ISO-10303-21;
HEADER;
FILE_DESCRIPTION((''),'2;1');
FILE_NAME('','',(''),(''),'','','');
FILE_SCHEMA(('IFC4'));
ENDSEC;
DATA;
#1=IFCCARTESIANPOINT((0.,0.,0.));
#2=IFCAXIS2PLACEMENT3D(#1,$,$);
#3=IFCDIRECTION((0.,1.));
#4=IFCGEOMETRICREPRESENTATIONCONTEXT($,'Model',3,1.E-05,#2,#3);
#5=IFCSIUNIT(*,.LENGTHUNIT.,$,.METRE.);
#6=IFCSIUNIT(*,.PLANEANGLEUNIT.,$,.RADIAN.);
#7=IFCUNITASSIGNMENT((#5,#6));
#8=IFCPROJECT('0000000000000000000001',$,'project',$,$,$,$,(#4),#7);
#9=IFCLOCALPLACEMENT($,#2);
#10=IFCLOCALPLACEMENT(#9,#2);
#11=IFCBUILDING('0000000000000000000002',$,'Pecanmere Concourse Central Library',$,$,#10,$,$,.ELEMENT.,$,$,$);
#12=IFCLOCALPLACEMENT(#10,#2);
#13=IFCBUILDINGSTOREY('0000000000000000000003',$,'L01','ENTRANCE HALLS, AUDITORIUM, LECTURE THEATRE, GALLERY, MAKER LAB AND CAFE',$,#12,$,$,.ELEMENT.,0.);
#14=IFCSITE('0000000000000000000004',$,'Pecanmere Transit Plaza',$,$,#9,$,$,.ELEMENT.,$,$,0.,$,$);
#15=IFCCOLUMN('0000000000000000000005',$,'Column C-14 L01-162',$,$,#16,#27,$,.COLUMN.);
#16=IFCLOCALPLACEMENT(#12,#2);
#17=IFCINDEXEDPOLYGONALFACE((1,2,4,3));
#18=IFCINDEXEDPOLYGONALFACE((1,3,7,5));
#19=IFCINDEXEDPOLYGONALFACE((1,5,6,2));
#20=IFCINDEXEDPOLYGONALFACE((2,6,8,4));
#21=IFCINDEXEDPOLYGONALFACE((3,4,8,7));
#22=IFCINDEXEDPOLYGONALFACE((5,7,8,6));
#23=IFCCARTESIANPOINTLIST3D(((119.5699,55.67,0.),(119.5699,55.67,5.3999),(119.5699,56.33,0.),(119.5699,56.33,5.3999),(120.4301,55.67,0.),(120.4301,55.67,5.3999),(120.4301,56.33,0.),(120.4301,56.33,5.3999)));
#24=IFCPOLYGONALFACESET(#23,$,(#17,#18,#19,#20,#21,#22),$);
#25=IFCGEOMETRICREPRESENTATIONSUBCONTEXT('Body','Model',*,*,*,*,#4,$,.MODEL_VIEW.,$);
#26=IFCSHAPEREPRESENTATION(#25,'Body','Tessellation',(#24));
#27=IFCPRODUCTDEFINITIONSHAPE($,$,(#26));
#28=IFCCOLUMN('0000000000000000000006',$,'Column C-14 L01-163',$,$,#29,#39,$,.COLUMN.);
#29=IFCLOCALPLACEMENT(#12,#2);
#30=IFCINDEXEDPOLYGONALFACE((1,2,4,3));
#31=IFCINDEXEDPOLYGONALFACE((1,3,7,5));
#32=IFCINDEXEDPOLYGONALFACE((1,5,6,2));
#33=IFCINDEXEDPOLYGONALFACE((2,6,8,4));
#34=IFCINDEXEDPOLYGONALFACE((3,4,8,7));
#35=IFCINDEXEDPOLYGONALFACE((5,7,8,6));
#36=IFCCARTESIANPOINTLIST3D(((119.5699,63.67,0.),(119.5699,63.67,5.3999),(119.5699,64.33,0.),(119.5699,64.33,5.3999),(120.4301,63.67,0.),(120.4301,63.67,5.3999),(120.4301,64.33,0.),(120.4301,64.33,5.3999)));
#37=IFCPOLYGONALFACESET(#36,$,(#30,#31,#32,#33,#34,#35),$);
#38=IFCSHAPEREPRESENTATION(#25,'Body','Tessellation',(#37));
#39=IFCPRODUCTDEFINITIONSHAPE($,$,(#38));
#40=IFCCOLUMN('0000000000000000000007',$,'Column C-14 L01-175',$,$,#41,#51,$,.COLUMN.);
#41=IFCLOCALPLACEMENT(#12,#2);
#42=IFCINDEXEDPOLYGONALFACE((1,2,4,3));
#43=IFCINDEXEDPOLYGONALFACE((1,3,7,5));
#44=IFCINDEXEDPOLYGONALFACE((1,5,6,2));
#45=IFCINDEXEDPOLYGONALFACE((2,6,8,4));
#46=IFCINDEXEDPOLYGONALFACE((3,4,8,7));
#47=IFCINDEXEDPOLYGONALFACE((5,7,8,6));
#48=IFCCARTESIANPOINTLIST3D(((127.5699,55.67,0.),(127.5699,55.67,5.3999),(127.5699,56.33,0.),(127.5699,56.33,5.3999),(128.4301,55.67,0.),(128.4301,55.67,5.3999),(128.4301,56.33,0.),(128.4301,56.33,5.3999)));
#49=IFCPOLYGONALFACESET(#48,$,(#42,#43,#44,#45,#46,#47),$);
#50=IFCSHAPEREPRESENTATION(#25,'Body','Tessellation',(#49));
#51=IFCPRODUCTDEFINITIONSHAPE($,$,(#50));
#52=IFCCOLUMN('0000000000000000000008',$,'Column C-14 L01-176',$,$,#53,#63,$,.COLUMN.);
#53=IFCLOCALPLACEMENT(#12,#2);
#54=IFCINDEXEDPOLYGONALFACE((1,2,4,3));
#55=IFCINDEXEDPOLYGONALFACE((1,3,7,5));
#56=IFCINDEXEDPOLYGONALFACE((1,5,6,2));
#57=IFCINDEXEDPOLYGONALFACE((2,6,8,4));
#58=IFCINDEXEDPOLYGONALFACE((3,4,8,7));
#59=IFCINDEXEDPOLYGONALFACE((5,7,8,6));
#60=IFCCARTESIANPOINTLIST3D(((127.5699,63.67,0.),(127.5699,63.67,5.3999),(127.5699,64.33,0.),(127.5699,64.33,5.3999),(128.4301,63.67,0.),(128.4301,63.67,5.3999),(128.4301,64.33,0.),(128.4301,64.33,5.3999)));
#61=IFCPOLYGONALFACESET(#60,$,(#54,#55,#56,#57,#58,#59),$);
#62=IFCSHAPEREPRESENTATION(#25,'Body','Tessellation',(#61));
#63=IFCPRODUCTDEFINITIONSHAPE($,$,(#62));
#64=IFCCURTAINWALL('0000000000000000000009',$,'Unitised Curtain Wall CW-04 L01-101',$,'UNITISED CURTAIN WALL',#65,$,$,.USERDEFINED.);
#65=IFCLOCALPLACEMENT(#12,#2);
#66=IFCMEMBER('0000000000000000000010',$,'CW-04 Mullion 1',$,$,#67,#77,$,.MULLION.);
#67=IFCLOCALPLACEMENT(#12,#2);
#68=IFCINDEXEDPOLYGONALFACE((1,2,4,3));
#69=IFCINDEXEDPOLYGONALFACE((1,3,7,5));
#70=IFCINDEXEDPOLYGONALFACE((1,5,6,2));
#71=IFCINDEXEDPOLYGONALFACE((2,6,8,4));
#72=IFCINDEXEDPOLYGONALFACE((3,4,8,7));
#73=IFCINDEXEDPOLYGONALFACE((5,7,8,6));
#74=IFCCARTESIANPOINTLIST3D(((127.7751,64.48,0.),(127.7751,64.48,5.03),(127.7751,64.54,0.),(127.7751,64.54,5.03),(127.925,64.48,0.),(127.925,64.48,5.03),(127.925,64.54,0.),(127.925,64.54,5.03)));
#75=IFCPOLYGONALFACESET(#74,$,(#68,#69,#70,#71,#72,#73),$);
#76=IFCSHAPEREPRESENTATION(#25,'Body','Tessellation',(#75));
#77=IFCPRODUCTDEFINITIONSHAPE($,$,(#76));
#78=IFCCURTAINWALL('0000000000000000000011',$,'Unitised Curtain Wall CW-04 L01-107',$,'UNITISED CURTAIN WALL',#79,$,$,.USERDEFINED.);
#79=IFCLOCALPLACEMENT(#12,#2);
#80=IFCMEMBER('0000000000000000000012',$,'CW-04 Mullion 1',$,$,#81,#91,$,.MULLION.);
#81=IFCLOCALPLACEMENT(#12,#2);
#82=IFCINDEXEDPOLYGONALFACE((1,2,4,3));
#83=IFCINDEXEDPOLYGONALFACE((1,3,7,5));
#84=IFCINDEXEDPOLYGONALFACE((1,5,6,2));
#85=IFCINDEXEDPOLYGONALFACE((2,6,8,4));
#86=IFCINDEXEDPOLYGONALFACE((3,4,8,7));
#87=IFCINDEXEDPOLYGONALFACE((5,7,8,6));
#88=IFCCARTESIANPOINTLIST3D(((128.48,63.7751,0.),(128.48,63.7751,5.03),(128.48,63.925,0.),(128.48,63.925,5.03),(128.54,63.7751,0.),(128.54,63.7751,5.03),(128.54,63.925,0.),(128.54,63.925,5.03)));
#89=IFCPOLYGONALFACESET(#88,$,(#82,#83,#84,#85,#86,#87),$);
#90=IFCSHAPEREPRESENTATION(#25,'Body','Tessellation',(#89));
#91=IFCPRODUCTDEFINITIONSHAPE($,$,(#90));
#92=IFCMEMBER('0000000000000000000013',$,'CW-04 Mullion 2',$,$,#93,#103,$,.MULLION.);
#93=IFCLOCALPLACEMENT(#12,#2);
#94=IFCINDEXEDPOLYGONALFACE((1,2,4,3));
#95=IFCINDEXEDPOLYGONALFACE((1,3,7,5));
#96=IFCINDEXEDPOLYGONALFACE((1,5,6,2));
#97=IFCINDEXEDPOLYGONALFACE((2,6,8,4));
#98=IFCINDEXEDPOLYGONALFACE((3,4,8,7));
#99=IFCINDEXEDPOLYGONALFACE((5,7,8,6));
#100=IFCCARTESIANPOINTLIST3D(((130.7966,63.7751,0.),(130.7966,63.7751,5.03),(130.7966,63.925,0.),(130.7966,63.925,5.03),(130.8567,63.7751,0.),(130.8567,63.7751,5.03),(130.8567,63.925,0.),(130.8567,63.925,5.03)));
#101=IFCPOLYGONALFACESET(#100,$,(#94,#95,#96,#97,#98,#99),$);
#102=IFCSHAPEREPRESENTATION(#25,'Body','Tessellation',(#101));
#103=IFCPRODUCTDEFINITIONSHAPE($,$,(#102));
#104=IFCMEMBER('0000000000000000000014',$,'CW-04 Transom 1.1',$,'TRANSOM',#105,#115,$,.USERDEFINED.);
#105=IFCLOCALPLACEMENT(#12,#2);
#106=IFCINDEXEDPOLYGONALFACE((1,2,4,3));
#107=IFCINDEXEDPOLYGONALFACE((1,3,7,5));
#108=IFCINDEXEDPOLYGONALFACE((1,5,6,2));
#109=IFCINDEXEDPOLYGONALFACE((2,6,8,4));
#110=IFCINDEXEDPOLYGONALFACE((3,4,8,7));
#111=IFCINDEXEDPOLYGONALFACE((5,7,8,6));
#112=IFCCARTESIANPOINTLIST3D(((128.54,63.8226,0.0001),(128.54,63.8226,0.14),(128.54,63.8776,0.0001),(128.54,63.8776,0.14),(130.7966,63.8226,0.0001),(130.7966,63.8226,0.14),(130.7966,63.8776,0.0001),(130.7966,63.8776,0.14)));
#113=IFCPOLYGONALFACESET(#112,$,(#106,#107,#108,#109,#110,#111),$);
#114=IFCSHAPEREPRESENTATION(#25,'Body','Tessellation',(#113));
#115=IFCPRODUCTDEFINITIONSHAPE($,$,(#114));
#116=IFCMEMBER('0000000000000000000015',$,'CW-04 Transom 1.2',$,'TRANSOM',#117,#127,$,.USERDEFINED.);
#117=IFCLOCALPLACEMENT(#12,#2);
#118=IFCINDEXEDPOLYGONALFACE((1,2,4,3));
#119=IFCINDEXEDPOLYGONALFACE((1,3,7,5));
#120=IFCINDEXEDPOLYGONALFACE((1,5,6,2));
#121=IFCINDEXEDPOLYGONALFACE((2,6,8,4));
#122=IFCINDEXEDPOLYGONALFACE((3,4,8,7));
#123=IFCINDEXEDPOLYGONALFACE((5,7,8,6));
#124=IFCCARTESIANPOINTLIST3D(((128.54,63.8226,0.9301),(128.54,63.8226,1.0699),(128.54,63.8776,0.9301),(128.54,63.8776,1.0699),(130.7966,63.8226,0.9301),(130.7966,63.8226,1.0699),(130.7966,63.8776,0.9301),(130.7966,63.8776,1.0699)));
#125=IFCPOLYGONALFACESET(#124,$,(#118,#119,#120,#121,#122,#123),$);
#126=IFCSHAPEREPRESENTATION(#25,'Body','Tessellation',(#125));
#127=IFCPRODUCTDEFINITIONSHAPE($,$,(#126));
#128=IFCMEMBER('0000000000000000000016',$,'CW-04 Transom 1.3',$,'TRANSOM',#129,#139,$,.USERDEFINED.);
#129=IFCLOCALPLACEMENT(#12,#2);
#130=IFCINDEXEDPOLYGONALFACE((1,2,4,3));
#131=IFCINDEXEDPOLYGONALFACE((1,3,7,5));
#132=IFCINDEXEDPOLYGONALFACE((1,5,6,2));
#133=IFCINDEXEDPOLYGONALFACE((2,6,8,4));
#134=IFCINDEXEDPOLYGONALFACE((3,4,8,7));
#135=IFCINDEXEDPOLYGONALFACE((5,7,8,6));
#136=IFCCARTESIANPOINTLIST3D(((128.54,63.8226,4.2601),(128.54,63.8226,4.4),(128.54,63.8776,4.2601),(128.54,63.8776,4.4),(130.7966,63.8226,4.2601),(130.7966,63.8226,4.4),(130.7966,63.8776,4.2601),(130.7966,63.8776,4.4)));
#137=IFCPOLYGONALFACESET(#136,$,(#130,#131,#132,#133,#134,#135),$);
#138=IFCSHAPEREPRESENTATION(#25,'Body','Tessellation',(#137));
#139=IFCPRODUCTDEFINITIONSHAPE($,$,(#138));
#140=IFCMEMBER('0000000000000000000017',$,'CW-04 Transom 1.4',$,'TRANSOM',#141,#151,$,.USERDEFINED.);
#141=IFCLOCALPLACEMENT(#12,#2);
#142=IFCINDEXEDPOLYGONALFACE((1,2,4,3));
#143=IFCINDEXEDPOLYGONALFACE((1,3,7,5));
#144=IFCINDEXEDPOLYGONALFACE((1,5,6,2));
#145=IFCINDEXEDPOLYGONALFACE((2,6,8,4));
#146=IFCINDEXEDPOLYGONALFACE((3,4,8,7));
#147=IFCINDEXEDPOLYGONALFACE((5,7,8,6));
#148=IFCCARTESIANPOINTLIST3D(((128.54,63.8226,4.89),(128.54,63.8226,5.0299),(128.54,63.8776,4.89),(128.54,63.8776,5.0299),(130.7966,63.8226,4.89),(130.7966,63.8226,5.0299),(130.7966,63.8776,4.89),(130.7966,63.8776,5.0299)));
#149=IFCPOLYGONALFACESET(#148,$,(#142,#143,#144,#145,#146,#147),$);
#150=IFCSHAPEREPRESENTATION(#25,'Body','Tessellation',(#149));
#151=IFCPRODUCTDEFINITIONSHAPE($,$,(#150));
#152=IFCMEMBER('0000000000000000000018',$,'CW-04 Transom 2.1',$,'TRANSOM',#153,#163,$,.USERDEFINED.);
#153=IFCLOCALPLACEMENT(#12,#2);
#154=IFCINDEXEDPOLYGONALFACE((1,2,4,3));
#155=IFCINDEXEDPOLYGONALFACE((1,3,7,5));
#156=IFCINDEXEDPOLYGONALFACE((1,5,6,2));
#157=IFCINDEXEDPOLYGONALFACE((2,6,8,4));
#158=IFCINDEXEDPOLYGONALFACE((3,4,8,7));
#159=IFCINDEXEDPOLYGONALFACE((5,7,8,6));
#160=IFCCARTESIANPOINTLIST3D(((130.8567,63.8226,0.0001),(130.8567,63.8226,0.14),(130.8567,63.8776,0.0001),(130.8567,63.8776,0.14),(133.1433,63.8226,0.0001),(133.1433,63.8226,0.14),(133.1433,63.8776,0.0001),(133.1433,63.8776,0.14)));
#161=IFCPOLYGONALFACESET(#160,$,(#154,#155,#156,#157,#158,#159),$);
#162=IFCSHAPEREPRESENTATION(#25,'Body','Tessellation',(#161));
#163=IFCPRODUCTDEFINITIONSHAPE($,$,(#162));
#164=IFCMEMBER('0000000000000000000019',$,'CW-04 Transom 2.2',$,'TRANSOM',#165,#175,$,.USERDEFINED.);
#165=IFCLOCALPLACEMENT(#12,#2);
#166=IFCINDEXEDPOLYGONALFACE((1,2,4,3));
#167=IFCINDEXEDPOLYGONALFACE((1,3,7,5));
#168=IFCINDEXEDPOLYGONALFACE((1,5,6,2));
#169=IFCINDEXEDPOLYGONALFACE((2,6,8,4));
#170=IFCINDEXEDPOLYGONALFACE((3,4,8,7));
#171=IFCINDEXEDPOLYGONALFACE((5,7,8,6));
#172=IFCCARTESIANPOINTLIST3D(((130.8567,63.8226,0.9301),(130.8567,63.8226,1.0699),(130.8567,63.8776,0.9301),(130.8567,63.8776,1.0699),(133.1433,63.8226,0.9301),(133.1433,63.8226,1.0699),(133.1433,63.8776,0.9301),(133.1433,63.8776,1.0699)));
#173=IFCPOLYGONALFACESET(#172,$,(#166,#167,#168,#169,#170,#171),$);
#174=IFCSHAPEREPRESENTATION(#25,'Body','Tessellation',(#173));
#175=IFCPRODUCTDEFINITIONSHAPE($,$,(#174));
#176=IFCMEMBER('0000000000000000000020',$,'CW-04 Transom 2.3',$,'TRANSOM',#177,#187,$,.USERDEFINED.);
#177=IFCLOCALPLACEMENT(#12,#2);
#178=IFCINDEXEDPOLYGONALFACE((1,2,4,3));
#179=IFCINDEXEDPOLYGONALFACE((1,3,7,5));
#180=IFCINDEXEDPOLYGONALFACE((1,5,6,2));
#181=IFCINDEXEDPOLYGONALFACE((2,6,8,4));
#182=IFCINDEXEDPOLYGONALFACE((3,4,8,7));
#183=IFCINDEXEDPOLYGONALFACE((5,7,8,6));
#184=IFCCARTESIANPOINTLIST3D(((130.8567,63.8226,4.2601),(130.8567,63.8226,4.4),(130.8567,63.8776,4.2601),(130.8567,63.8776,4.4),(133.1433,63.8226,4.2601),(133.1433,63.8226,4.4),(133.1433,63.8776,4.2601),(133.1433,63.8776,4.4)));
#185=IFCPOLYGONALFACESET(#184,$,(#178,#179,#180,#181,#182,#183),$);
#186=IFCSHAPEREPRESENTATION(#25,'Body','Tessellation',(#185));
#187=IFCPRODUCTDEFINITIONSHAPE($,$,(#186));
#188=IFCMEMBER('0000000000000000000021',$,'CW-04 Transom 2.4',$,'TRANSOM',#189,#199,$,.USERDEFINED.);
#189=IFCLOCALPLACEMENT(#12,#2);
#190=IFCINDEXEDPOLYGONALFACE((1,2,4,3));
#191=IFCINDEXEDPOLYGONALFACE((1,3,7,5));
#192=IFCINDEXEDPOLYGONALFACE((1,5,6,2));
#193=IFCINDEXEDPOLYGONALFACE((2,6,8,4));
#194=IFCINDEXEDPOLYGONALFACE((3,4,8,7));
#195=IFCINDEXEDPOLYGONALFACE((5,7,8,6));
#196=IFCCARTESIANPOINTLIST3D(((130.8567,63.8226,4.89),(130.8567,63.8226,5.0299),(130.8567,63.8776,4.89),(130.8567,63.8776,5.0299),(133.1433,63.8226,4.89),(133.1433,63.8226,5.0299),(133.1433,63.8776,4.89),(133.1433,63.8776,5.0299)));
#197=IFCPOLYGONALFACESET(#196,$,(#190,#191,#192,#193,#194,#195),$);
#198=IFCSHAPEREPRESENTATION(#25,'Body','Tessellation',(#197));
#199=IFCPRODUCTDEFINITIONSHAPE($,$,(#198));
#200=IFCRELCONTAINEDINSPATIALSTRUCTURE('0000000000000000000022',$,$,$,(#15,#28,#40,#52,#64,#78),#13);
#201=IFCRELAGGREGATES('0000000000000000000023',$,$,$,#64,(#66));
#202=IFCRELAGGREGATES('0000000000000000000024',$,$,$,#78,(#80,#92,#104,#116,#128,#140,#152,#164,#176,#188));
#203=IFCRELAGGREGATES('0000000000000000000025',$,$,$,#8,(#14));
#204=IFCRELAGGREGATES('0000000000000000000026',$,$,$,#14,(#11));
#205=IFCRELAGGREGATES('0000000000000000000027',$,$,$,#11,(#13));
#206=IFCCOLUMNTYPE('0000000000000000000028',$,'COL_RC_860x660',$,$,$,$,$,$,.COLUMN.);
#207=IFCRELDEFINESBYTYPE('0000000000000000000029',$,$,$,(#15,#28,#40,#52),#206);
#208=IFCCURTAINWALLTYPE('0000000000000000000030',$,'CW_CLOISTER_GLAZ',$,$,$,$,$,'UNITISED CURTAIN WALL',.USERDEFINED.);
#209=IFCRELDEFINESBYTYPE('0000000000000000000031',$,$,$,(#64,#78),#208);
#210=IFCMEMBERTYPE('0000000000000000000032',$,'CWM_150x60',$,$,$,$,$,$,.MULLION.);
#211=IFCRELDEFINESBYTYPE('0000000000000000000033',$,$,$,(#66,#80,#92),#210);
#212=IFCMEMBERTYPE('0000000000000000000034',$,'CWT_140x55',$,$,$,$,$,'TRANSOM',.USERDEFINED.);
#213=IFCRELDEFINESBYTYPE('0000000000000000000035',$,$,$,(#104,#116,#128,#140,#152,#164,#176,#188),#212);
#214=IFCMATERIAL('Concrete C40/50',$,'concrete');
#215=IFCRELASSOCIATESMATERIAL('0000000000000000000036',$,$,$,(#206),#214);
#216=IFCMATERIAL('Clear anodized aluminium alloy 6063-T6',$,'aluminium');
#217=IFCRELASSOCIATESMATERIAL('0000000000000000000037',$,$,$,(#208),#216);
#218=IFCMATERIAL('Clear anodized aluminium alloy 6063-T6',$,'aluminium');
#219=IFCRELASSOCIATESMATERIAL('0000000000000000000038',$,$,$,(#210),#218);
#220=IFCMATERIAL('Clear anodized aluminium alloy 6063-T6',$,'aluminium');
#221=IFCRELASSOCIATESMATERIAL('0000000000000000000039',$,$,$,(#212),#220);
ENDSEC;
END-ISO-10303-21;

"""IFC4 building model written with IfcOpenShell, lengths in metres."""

from ifc_helpers import new_model, si_unit, direction, frame, origin, origin_2d, place, context, subcontext, project, spatial, rectangle, extrude, material, material_profile, profile_set, type_object, element, aggregate, save


model = new_model("IFC4")

# Units and contexts
model_context = context("Model", 3, precision=1e-05, world=origin(), true_north=direction((0.0, 1.0)))
body_context = subcontext(model_context, "Body", "Model", "MODEL_VIEW")
ifc_project = project(units=[si_unit("LENGTHUNIT", "METRE"), si_unit("PLANEANGLEUNIT", "RADIAN")], contexts=[model_context])

# Site, building, storey
site_placement = place(None, origin())
site = spatial("IfcSite", under=ifc_project, at=site_placement, Name="Pecanmere Transit Plaza", CompositionType="ELEMENT", RefElevation=0.0)
building_placement = place(site_placement, origin())
building = spatial("IfcBuilding", under=site, at=building_placement, Name="Pecanmere Concourse Central Library", CompositionType="ELEMENT")
storey_placement = place(building_placement, origin())
storey = spatial("IfcBuildingStorey", under=building, at=storey_placement, Name="L01", Description="ENTRANCE HALLS, AUDITORIUM, LECTURE THEATRE, GALLERY, MAKER LAB AND CAFE", CompositionType="ELEMENT", Elevation=0.0)

# Columns
ifc_material_1 = material(Name="Concrete C40/50", Category="concrete")
ifc_material_profile_1 = material_profile(ifc_material_1, rectangle(XDim=0.8601, YDim=0.6599, at=origin_2d()), Name="RC 860x660")
ifc_profile_set_1 = profile_set([ifc_material_profile_1], Name="Concrete C40/50")
column_type = type_object("IfcColumnType", Name="COL_RC_860x660", PredefinedType="COLUMN", material=ifc_profile_set_1)
for number, where, z_axis, x_axis, name in (
    (1, (120.0, 56.0, 0.0), (0.0, 0.0, 1.0), (1.0, 0.0, 0.0), "Column C-14 L01-162"),
    (2, (120.0, 64.0, 0.0), (0.0, 0.0, 1.0), (1.0, 0.0, 0.0), "Column C-14 L01-163"),
    (3, (128.0, 56.0, 0.0), (0.0, 0.0, 1.0), (1.0, 0.0, 0.0), "Column C-14 L01-175"),
    (4, (128.0, 64.0, 0.0), (0.0, 0.0, 1.0), (1.0, 0.0, 0.0), "Column C-14 L01-176"),
):
    element("IfcColumn", number, at=place(storey_placement, frame(where, z_axis=z_axis, x_axis=x_axis)), inside=storey, type_object=column_type, Name=name, PredefinedType="COLUMN", context=body_context, shape_type="SweptSolid", body=[
        extrude(rectangle(XDim=0.8601, YDim=0.6599, at=origin_2d()), origin(), (0.0, 0.0, 1.0), 5.3999),
    ])

# Curtain wall, member
ifc_material_2 = material(Name="Clear anodized aluminium alloy 6063-T6", Category="aluminium")
curtain_wall_type = type_object("IfcCurtainWallType", Name="CW_CLOISTER_GLAZ", ElementType="UNITISED CURTAIN WALL", PredefinedType="USERDEFINED", material=ifc_material_2)
curtain_wall_1_placement = place(storey_placement, origin())
curtain_wall_1 = element("IfcCurtainWall", 5, at=curtain_wall_1_placement, inside=storey, type_object=curtain_wall_type, Name="Unitised Curtain Wall CW-04 L01-101", ObjectType="UNITISED CURTAIN WALL", PredefinedType="USERDEFINED")
ifc_material_3 = material(Name="Clear anodized aluminium alloy 6063-T6", Category="aluminium")
ifc_material_profile_2 = material_profile(ifc_material_3, rectangle(XDim=0.0601, YDim=0.1499, at=origin_2d()), Name="AL 60x150")
ifc_profile_set_2 = profile_set([ifc_material_profile_2], Name="Clear anodized aluminium alloy 6063-T6")
member_type_1 = type_object("IfcMemberType", Name="CWM_150x60", PredefinedType="MULLION", material=ifc_profile_set_2)
member_1_placement = place(storey_placement, frame((127.8501, 64.51, 0.0), z_axis=(0.0, 0.0, 1.0), x_axis=(0.0, 1.0, 0.0)))
member_1 = element("IfcMember", 6, at=member_1_placement, type_object=member_type_1, Name="CW-04 Mullion 1", PredefinedType="MULLION", context=body_context, shape_type="SweptSolid", body=[
    extrude(rectangle(XDim=0.0601, YDim=0.1499, at=origin_2d()), origin(), (0.0, 0.0, 1.0), 5.03),
])
aggregate(curtain_wall_1, [member_1])

# Curtain wall, members
curtain_wall_2_placement = place(storey_placement, origin())
curtain_wall_2 = element("IfcCurtainWall", 7, at=curtain_wall_2_placement, inside=storey, type_object=curtain_wall_type, Name="Unitised Curtain Wall CW-04 L01-107", ObjectType="UNITISED CURTAIN WALL", PredefinedType="USERDEFINED")
member_2_placement = place(storey_placement, frame((128.51, 63.8501, 0.0), z_axis=(0.0, 0.0, 1.0), x_axis=(1.0, 0.0, 0.0)))
member_2 = element("IfcMember", 8, at=member_2_placement, type_object=member_type_1, Name="CW-04 Mullion 1", PredefinedType="MULLION", context=body_context, shape_type="SweptSolid", body=[
    extrude(rectangle(XDim=0.0601, YDim=0.1499, at=origin_2d()), origin(), (0.0, 0.0, 1.0), 5.03),
])
member_3_placement = place(storey_placement, frame((130.8267, 63.8501, 0.0), z_axis=(0.0, 0.0, 1.0), x_axis=(1.0, 0.0, 0.0)))
member_3 = element("IfcMember", 9, at=member_3_placement, type_object=member_type_1, Name="CW-04 Mullion 2", PredefinedType="MULLION", context=body_context, shape_type="SweptSolid", body=[
    extrude(rectangle(XDim=0.0601, YDim=0.1499, at=origin_2d()), origin(), (0.0, 0.0, 1.0), 5.03),
])
ifc_material_4 = material(Name="Clear anodized aluminium alloy 6063-T6", Category="aluminium")
ifc_material_profile_3 = material_profile(ifc_material_4, rectangle(XDim=0.0549, YDim=0.1399, at=origin_2d()), Name="AL 55x140")
ifc_profile_set_3 = profile_set([ifc_material_profile_3], Name="Clear anodized aluminium alloy 6063-T6")
member_type_2 = type_object("IfcMemberType", Name="CWT_140x55", ElementType="TRANSOM", PredefinedType="USERDEFINED", material=ifc_profile_set_3)
member_4_placement = place(storey_placement, frame((128.54, 63.8501, 0.0701), z_axis=(1.0, 0.0, 0.0), x_axis=(0.0, 1.0, 0.0)))
member_4 = element("IfcMember", 10, at=member_4_placement, type_object=member_type_2, Name="CW-04 Transom 1.1", ObjectType="TRANSOM", PredefinedType="USERDEFINED", context=body_context, shape_type="SweptSolid", body=[
    extrude(rectangle(XDim=0.0549, YDim=0.1399, at=origin_2d()), origin(), (0.0, 0.0, 1.0), 2.2566),
])
member_5_placement = place(storey_placement, frame((128.54, 63.8501, 1.0), z_axis=(1.0, 0.0, 0.0), x_axis=(0.0, 1.0, 0.0)))
member_5 = element("IfcMember", 11, at=member_5_placement, type_object=member_type_2, Name="CW-04 Transom 1.2", ObjectType="TRANSOM", PredefinedType="USERDEFINED", context=body_context, shape_type="SweptSolid", body=[
    extrude(rectangle(XDim=0.0549, YDim=0.1399, at=origin_2d()), origin(), (0.0, 0.0, 1.0), 2.2566),
])
member_6_placement = place(storey_placement, frame((128.54, 63.8501, 4.3301), z_axis=(1.0, 0.0, 0.0), x_axis=(0.0, 1.0, 0.0)))
member_6 = element("IfcMember", 12, at=member_6_placement, type_object=member_type_2, Name="CW-04 Transom 1.3", ObjectType="TRANSOM", PredefinedType="USERDEFINED", context=body_context, shape_type="SweptSolid", body=[
    extrude(rectangle(XDim=0.0549, YDim=0.1399, at=origin_2d()), origin(), (0.0, 0.0, 1.0), 2.2566),
])
member_7_placement = place(storey_placement, frame((128.54, 63.8501, 4.96), z_axis=(1.0, 0.0, 0.0), x_axis=(0.0, 1.0, 0.0)))
member_7 = element("IfcMember", 13, at=member_7_placement, type_object=member_type_2, Name="CW-04 Transom 1.4", ObjectType="TRANSOM", PredefinedType="USERDEFINED", context=body_context, shape_type="SweptSolid", body=[
    extrude(rectangle(XDim=0.0549, YDim=0.1399, at=origin_2d()), origin(), (0.0, 0.0, 1.0), 2.2566),
])
member_8_placement = place(storey_placement, frame((130.8567, 63.8501, 0.0701), z_axis=(1.0, 0.0, 0.0), x_axis=(0.0, 1.0, 0.0)))
member_8 = element("IfcMember", 14, at=member_8_placement, type_object=member_type_2, Name="CW-04 Transom 2.1", ObjectType="TRANSOM", PredefinedType="USERDEFINED", context=body_context, shape_type="SweptSolid", body=[
    extrude(rectangle(XDim=0.0549, YDim=0.1399, at=origin_2d()), origin(), (0.0, 0.0, 1.0), 2.2866),
])
member_9_placement = place(storey_placement, frame((130.8567, 63.8501, 1.0), z_axis=(1.0, 0.0, 0.0), x_axis=(0.0, 1.0, 0.0)))
member_9 = element("IfcMember", 15, at=member_9_placement, type_object=member_type_2, Name="CW-04 Transom 2.2", ObjectType="TRANSOM", PredefinedType="USERDEFINED", context=body_context, shape_type="SweptSolid", body=[
    extrude(rectangle(XDim=0.0549, YDim=0.1399, at=origin_2d()), origin(), (0.0, 0.0, 1.0), 2.2866),
])
member_10_placement = place(storey_placement, frame((130.8567, 63.8501, 4.3301), z_axis=(1.0, 0.0, 0.0), x_axis=(0.0, 1.0, 0.0)))
member_10 = element("IfcMember", 16, at=member_10_placement, type_object=member_type_2, Name="CW-04 Transom 2.3", ObjectType="TRANSOM", PredefinedType="USERDEFINED", context=body_context, shape_type="SweptSolid", body=[
    extrude(rectangle(XDim=0.0549, YDim=0.1399, at=origin_2d()), origin(), (0.0, 0.0, 1.0), 2.2866),
])
member_11_placement = place(storey_placement, frame((130.8567, 63.8501, 4.96), z_axis=(1.0, 0.0, 0.0), x_axis=(0.0, 1.0, 0.0)))
member_11 = element("IfcMember", 17, at=member_11_placement, type_object=member_type_2, Name="CW-04 Transom 2.4", ObjectType="TRANSOM", PredefinedType="USERDEFINED", context=body_context, shape_type="SweptSolid", body=[
    extrude(rectangle(XDim=0.0549, YDim=0.1399, at=origin_2d()), origin(), (0.0, 0.0, 1.0), 2.2866),
])
aggregate(curtain_wall_2, [member_2, member_3, member_4, member_5, member_6, member_7, member_8, member_9, member_10, member_11])

save(model, "model.ifc")
